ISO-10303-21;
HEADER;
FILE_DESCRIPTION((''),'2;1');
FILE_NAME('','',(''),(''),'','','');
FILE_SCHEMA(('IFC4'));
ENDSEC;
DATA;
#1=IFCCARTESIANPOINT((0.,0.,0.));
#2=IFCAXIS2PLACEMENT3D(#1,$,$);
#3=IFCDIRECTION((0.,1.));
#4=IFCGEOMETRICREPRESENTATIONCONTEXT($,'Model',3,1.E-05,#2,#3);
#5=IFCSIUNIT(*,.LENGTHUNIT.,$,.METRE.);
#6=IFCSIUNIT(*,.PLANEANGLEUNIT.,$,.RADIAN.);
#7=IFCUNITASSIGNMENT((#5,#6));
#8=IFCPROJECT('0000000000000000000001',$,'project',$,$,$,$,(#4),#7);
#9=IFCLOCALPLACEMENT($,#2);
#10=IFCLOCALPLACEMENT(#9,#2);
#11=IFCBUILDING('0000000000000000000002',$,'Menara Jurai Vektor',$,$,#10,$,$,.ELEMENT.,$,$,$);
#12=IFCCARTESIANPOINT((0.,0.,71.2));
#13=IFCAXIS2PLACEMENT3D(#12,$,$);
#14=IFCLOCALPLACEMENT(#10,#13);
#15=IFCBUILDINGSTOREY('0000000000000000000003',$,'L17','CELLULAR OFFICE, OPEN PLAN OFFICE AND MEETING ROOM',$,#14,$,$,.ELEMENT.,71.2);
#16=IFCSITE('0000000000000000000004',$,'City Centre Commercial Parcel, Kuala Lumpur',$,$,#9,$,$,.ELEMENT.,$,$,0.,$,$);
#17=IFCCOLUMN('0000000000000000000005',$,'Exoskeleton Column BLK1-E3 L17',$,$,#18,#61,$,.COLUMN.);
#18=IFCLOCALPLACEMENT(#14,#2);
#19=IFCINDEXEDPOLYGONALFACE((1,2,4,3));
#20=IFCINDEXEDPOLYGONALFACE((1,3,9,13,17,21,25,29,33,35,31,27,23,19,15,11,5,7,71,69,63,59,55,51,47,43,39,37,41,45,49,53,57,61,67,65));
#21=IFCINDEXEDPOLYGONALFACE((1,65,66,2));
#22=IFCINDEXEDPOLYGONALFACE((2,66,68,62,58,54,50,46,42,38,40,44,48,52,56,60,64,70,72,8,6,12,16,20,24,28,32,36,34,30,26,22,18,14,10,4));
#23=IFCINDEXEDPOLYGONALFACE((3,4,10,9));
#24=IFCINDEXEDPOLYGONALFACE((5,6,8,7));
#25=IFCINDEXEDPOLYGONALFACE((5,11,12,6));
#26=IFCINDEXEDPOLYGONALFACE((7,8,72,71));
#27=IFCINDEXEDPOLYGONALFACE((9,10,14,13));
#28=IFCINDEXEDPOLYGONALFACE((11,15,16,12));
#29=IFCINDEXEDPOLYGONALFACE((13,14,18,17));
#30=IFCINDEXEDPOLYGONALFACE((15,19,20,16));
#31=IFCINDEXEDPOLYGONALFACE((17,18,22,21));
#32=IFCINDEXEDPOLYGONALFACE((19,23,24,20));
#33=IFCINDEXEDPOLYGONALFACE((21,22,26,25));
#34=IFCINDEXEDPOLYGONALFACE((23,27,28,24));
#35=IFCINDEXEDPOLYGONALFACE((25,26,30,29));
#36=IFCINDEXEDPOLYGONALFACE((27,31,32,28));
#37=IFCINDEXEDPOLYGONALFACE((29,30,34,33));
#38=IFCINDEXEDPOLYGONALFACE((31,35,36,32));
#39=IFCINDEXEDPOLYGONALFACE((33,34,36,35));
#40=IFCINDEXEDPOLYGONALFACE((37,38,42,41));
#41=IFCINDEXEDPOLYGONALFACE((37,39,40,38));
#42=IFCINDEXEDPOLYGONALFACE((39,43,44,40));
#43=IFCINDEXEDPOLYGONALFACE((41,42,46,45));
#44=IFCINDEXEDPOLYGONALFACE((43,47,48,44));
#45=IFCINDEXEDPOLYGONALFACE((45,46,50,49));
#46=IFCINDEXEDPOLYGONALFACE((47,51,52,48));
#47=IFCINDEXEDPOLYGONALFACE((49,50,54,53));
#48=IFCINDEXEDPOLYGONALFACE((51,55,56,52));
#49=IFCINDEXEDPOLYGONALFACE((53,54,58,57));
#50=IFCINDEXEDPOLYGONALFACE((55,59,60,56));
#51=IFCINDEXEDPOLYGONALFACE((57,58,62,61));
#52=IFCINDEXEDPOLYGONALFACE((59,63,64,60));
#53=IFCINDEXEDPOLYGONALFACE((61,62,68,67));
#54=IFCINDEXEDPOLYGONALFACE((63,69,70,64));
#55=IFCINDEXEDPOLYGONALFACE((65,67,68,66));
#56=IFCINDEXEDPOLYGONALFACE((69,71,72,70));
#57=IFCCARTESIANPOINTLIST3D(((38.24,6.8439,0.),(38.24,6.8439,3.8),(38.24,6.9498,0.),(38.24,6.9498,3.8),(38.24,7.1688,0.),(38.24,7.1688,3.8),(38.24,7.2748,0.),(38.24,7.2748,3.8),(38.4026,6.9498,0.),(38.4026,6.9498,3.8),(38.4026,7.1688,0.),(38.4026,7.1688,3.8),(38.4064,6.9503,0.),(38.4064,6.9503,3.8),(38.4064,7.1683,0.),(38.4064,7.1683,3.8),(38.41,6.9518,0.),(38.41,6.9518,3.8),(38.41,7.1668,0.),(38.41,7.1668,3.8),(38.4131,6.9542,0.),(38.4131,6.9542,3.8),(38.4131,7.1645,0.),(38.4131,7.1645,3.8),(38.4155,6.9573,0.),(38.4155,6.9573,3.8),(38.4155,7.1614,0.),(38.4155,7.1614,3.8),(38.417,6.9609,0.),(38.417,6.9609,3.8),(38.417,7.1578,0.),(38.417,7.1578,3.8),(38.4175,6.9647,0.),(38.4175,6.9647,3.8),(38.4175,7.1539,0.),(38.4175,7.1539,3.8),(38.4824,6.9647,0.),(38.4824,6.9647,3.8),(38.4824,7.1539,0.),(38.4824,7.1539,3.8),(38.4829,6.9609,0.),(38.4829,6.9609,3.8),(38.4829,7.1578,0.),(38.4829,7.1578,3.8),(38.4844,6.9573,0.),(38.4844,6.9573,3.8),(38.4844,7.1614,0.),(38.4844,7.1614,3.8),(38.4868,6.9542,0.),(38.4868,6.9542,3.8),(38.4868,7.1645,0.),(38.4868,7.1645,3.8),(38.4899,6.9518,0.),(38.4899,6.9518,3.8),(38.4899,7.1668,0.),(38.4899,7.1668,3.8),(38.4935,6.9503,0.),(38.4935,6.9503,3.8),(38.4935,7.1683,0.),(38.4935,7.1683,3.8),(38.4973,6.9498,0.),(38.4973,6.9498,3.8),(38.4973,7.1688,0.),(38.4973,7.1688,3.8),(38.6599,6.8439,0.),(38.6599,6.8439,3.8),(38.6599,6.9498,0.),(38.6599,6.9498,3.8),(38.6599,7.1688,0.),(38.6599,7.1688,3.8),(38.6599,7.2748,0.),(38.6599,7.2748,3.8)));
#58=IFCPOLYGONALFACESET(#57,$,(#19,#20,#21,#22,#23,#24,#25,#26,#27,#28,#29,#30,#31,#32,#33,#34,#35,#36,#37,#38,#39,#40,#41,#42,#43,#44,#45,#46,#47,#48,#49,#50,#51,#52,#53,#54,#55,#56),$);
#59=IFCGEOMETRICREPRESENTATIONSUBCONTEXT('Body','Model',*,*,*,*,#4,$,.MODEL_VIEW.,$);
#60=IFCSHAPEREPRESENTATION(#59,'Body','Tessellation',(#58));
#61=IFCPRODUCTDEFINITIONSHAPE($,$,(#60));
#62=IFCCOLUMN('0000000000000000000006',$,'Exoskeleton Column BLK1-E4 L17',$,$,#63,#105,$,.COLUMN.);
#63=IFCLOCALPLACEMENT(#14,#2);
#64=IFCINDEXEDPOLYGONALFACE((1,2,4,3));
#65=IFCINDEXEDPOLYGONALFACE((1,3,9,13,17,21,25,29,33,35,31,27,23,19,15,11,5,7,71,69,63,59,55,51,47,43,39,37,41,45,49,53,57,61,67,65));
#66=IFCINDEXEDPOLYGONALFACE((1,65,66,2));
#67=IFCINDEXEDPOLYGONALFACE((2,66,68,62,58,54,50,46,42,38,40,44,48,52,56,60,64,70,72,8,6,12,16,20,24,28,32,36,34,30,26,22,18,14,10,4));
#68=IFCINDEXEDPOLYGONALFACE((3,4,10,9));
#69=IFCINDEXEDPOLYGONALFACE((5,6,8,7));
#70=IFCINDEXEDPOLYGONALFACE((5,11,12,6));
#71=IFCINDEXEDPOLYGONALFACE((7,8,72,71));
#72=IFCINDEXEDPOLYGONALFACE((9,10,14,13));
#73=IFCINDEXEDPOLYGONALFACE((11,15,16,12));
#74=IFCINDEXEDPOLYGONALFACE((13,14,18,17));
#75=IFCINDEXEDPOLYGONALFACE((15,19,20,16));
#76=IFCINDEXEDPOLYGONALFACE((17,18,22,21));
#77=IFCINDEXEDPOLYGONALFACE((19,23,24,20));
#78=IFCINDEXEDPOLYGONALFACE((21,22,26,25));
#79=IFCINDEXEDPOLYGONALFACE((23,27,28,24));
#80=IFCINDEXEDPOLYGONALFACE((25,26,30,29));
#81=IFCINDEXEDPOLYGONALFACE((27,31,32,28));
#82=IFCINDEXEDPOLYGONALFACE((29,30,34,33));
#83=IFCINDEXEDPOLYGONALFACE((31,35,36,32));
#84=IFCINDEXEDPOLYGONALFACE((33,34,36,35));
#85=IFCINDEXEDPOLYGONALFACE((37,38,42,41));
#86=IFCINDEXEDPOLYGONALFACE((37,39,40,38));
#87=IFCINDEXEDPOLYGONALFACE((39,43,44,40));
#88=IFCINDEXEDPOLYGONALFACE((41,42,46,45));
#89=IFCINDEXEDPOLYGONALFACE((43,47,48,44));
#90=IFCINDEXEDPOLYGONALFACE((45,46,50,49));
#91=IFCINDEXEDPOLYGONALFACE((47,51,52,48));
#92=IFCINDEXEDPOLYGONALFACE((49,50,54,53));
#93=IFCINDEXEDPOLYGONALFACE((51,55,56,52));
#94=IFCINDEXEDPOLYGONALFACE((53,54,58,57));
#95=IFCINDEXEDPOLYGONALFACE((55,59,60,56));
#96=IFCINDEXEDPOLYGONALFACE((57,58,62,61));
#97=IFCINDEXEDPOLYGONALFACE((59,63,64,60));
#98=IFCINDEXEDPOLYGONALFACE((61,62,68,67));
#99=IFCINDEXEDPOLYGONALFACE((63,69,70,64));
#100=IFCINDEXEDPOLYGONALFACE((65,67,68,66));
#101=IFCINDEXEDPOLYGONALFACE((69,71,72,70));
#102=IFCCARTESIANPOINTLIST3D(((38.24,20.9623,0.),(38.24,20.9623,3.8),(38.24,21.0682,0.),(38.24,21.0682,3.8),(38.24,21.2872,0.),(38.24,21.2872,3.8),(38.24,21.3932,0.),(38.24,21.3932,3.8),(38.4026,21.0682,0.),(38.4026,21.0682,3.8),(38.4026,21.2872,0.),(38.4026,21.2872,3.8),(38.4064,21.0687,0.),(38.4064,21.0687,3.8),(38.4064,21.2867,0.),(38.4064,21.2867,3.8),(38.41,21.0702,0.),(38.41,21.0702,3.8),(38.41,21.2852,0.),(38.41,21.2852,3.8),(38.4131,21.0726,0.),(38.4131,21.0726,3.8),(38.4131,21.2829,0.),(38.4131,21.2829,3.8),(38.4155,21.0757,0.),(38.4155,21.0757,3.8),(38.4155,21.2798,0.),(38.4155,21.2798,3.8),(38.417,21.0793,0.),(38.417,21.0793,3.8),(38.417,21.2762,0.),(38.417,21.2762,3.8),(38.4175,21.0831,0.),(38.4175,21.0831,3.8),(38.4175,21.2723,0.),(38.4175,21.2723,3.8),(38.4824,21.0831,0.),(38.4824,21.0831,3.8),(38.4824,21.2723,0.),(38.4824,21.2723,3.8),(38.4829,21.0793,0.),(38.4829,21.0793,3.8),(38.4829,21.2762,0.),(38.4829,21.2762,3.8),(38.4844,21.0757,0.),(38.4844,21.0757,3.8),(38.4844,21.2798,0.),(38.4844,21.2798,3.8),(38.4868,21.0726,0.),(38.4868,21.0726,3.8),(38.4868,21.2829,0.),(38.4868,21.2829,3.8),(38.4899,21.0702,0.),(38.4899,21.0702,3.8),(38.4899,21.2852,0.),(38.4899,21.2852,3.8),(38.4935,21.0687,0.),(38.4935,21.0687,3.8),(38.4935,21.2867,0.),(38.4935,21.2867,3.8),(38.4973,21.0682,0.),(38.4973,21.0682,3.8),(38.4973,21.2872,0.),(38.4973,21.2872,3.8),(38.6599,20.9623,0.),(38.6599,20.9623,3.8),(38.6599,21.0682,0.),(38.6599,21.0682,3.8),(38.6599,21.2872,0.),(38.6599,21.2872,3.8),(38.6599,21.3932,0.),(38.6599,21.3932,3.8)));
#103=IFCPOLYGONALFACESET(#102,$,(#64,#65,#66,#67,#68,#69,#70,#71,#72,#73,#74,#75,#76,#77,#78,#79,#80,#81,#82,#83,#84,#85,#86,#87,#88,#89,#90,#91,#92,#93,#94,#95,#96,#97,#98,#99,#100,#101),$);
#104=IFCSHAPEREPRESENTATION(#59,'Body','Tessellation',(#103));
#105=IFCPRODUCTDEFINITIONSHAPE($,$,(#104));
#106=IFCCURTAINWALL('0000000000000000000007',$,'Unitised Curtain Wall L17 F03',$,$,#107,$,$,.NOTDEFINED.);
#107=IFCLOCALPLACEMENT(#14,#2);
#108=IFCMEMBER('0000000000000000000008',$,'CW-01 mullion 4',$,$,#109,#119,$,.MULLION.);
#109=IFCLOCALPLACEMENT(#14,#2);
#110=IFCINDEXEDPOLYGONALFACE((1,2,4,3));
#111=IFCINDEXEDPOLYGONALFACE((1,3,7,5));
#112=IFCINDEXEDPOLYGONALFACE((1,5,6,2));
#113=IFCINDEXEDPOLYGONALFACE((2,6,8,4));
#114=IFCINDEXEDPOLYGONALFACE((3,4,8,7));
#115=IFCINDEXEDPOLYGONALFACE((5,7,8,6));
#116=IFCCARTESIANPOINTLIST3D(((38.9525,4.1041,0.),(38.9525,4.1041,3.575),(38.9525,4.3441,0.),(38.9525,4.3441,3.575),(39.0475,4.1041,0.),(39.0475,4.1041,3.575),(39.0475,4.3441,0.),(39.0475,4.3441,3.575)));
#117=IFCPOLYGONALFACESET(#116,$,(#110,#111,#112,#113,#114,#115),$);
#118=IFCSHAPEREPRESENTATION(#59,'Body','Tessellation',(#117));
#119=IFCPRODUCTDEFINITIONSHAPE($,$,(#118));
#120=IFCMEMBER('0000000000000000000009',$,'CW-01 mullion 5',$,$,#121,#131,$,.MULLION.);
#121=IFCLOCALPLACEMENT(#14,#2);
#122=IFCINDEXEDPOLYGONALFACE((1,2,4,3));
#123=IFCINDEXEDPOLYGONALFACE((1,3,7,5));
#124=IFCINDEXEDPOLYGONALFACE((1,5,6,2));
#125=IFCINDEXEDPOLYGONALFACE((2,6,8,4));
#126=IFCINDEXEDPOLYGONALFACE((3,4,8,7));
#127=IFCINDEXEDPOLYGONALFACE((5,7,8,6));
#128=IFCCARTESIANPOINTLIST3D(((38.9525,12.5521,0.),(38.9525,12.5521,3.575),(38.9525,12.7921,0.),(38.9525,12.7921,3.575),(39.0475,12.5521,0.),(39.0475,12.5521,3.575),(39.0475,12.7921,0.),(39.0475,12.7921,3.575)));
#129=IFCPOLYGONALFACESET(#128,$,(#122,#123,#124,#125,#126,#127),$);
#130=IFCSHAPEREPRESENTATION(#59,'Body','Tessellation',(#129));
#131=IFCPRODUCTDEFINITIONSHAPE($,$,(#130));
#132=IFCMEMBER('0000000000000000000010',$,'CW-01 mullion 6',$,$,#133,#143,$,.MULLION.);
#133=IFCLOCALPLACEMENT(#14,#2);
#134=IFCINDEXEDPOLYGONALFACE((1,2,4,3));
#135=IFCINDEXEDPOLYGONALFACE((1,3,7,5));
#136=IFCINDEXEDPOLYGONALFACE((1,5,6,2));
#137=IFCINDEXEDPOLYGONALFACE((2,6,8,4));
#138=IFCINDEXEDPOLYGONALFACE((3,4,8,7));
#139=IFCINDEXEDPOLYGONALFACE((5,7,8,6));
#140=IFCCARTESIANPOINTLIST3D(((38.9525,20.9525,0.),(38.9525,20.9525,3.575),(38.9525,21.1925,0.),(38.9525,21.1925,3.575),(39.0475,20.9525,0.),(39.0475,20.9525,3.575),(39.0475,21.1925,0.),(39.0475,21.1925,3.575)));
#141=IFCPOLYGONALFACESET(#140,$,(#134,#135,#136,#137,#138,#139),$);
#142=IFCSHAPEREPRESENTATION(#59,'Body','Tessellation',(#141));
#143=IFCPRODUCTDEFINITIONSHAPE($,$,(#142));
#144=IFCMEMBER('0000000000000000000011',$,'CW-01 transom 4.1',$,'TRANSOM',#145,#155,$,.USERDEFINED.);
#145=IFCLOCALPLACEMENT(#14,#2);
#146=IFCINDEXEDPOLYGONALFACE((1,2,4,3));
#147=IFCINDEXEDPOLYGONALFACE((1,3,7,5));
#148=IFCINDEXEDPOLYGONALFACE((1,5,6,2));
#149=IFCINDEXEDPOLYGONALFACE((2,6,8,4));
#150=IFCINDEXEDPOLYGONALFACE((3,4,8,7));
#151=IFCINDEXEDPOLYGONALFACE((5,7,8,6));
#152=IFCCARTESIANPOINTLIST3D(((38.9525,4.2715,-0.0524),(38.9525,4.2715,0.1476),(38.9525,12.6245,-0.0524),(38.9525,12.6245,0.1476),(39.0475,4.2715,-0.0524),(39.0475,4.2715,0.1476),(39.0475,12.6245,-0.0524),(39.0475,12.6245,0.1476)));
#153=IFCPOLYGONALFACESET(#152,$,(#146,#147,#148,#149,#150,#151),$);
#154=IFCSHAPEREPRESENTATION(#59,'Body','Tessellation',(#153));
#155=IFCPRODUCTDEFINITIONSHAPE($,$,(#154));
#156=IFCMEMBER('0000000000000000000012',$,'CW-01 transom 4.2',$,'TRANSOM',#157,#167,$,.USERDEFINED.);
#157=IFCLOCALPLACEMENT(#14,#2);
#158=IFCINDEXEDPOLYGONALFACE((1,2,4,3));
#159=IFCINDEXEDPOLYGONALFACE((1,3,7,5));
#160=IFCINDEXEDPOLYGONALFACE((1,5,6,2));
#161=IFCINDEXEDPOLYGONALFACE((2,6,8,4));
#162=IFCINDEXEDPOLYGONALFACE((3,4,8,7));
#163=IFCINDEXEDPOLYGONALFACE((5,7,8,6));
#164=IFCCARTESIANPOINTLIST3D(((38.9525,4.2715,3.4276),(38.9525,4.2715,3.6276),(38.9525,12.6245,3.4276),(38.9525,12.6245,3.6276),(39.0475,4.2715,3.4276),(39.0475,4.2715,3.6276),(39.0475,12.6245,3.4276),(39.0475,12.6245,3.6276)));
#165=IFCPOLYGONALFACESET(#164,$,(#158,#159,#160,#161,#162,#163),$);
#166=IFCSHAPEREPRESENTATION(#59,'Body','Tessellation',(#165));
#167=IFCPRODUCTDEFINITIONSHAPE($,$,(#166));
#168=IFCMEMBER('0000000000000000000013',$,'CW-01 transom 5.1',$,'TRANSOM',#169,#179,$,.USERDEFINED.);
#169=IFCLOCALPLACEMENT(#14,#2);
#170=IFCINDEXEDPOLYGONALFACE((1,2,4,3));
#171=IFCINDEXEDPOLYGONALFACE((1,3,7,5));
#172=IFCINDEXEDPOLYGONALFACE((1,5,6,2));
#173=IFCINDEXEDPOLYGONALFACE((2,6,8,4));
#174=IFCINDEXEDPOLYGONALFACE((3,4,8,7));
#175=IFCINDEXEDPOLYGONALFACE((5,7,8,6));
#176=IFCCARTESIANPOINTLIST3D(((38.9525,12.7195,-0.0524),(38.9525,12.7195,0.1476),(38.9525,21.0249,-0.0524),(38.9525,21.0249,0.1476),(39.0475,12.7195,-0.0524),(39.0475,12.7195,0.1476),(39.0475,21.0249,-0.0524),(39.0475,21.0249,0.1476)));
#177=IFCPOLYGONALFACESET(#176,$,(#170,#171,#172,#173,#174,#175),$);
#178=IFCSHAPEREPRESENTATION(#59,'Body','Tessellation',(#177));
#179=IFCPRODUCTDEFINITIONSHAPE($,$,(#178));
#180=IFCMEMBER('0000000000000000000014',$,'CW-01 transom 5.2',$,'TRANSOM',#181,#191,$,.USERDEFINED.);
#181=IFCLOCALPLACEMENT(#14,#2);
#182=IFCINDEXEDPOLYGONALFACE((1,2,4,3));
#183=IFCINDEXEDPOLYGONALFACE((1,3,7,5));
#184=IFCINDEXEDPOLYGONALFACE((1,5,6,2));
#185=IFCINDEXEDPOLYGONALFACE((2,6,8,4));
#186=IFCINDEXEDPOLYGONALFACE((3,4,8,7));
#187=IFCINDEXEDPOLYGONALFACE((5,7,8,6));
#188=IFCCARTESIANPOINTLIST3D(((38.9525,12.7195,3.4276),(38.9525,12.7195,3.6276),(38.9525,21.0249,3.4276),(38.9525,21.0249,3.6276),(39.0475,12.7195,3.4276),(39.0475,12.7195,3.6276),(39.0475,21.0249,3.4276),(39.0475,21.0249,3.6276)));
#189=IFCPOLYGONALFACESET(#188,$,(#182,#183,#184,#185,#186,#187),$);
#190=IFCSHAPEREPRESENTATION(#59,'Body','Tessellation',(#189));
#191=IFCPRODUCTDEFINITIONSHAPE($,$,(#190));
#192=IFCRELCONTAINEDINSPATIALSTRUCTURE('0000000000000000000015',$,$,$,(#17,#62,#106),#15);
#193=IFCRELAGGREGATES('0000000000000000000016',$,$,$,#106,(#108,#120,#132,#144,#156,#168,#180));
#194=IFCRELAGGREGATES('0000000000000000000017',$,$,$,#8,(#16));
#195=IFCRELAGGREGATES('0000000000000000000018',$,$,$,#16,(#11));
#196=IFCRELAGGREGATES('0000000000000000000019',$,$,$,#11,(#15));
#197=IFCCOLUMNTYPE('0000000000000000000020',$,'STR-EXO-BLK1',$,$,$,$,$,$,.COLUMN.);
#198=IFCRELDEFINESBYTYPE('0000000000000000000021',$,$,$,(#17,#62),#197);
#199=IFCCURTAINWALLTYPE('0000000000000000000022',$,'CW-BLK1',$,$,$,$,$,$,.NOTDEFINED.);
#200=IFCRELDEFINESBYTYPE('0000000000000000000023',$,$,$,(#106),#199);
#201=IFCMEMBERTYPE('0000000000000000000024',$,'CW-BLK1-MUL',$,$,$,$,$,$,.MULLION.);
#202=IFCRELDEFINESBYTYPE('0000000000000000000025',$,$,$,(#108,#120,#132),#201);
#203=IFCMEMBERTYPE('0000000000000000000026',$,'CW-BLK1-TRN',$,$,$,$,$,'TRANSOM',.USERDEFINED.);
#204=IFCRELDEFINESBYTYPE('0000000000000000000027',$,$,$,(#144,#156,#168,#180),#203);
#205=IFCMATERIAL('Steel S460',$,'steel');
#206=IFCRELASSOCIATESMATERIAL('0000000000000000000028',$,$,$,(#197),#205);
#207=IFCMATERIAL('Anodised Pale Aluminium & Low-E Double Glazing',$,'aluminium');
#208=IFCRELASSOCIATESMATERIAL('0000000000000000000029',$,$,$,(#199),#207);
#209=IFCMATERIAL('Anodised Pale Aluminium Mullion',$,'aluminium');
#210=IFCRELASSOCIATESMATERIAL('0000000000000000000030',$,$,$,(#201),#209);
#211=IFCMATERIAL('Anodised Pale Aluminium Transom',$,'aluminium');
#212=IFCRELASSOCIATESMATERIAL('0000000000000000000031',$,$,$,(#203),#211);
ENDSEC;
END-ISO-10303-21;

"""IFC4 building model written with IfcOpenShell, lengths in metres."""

from ifc_helpers import new_model, si_unit, direction, frame, origin, origin_2d, place, context, subcontext, project, spatial, rectangle, i_section, extrude, material, material_profile, profile_set, type_object, element, aggregate, save


model = new_model("IFC4")

# Units and contexts
model_context = context("Model", 3, precision=1e-05, world=origin(), true_north=direction((0.0, 1.0)))
body_context = subcontext(model_context, "Body", "Model", "MODEL_VIEW")
ifc_project = project(units=[si_unit("LENGTHUNIT", "METRE"), si_unit("PLANEANGLEUNIT", "RADIAN")], contexts=[model_context])

# Site, building, storey
site_placement = place(None, origin())
site = spatial("IfcSite", under=ifc_project, at=site_placement, Name="City Centre Commercial Parcel, Kuala Lumpur", CompositionType="ELEMENT", RefElevation=0.0)
building_placement = place(site_placement, origin())
building = spatial("IfcBuilding", under=site, at=building_placement, Name="Menara Jurai Vektor", CompositionType="ELEMENT")
storey_placement = place(building_placement, frame((0.0, 0.0, 71.2)))
storey = spatial("IfcBuildingStorey", under=building, at=storey_placement, Name="L17", Description="CELLULAR OFFICE, OPEN PLAN OFFICE AND MEETING ROOM", CompositionType="ELEMENT", Elevation=71.2)

# Columns
ifc_material_1 = material(Name="Steel S460", Category="steel")
ifc_material_profile_1 = material_profile(ifc_material_1, i_section(OverallWidth=0.4199, OverallDepth=0.4309, WebThickness=0.0649, FlangeThickness=0.106, FilletRadius=0.0149, at=origin_2d()), Name="HD 400x900")
ifc_profile_set_1 = profile_set([ifc_material_profile_1], Name="Steel S460")
column_type = type_object("IfcColumnType", Name="STR-EXO-BLK1", PredefinedType="COLUMN", material=ifc_profile_set_1)
for number, where, z_axis, x_axis, name in (
    (1, (38.45, 7.0593, 0.0), (0.0, 0.0, 1.0), (1.0, 0.0, 0.0), "Exoskeleton Column BLK1-E3 L17"),
    (2, (38.45, 21.1777, 0.0), (0.0, 0.0, 1.0), (1.0, 0.0, 0.0), "Exoskeleton Column BLK1-E4 L17"),
):
    element("IfcColumn", number, at=place(storey_placement, frame(where, z_axis=z_axis, x_axis=x_axis)), inside=storey, type_object=column_type, Name=name, PredefinedType="COLUMN", context=body_context, shape_type="SweptSolid", body=[
        extrude(i_section(OverallWidth=0.4199, OverallDepth=0.4309, WebThickness=0.0649, FlangeThickness=0.106, FilletRadius=0.0149, at=origin_2d()), origin(), (0.0, 0.0, 1.0), 3.8),
    ])

# Curtain wall, members
ifc_material_2 = material(Name="Anodised Pale Aluminium & Low-E Double Glazing", Category="aluminium")
curtain_wall_type = type_object("IfcCurtainWallType", Name="CW-BLK1", PredefinedType="NOTDEFINED", material=ifc_material_2)
curtain_wall_placement = place(storey_placement, origin())
curtain_wall = element("IfcCurtainWall", 3, at=curtain_wall_placement, inside=storey, type_object=curtain_wall_type, Name="Unitised Curtain Wall L17 F03", PredefinedType="NOTDEFINED")
ifc_material_3 = material(Name="Anodised Pale Aluminium Mullion", Category="aluminium")
ifc_material_profile_2 = material_profile(ifc_material_3, rectangle(XDim=0.095, YDim=0.24, at=origin_2d()), Name="ALU MUL 95x240")
ifc_profile_set_2 = profile_set([ifc_material_profile_2], Name="Anodised Pale Aluminium Mullion")
member_type_1 = type_object("IfcMemberType", Name="CW-BLK1-MUL", PredefinedType="MULLION", material=ifc_profile_set_2)
member_1_placement = place(storey_placement, frame((39.0, 4.2241, 0.0), z_axis=(0.0, 0.0, 1.0), x_axis=(-1.0, 0.0, 0.0)))
member_1 = element("IfcMember", 4, at=member_1_placement, type_object=member_type_1, Name="CW-01 mullion 4", PredefinedType="MULLION", context=body_context, shape_type="SweptSolid", body=[
    extrude(rectangle(XDim=0.095, YDim=0.24, at=origin_2d()), origin(), (0.0, 0.0, 1.0), 3.575),
])
member_2_placement = place(storey_placement, frame((39.0, 12.6721, 0.0), z_axis=(0.0, 0.0, 1.0), x_axis=(-1.0, 0.0, 0.0)))
member_2 = element("IfcMember", 5, at=member_2_placement, type_object=member_type_1, Name="CW-01 mullion 5", PredefinedType="MULLION", context=body_context, shape_type="SweptSolid", body=[
    extrude(rectangle(XDim=0.095, YDim=0.24, at=origin_2d()), origin(), (0.0, 0.0, 1.0), 3.575),
])
member_3_placement = place(storey_placement, frame((39.0, 21.0725, 0.0), z_axis=(0.0, 0.0, 1.0), x_axis=(-1.0, 0.0, 0.0)))
member_3 = element("IfcMember", 6, at=member_3_placement, type_object=member_type_1, Name="CW-01 mullion 6", PredefinedType="MULLION", context=body_context, shape_type="SweptSolid", body=[
    extrude(rectangle(XDim=0.095, YDim=0.24, at=origin_2d()), origin(), (0.0, 0.0, 1.0), 3.575),
])
ifc_material_4 = material(Name="Anodised Pale Aluminium Transom", Category="aluminium")
ifc_material_profile_3 = material_profile(ifc_material_4, rectangle(XDim=0.095, YDim=0.2, at=origin_2d()), Name="ALU TRN 95x200")
ifc_profile_set_3 = profile_set([ifc_material_profile_3], Name="Anodised Pale Aluminium Transom")
member_type_2 = type_object("IfcMemberType", Name="CW-BLK1-TRN", ElementType="TRANSOM", PredefinedType="USERDEFINED", material=ifc_profile_set_3)
member_4_placement = place(storey_placement, frame((39.0, 4.2715, 0.0476), z_axis=(0.0, 1.0, 0.0), x_axis=(-1.0, 0.0, 0.0)))
member_4 = element("IfcMember", 7, at=member_4_placement, type_object=member_type_2, Name="CW-01 transom 4.1", ObjectType="TRANSOM", PredefinedType="USERDEFINED", context=body_context, shape_type="SweptSolid", body=[
    extrude(rectangle(XDim=0.095, YDim=0.2, at=origin_2d()), origin(), (0.0, 0.0, 1.0), 8.353),
])
member_5_placement = place(storey_placement, frame((39.0, 4.2715, 3.5276), z_axis=(0.0, 1.0, 0.0), x_axis=(-1.0, 0.0, 0.0)))
member_5 = element("IfcMember", 8, at=member_5_placement, type_object=member_type_2, Name="CW-01 transom 4.2", ObjectType="TRANSOM", PredefinedType="USERDEFINED", context=body_context, shape_type="SweptSolid", body=[
    extrude(rectangle(XDim=0.095, YDim=0.2, at=origin_2d()), origin(), (0.0, 0.0, 1.0), 8.353),
])
member_6_placement = place(storey_placement, frame((39.0, 12.7195, 0.0476), z_axis=(0.0, 1.0, 0.0), x_axis=(-1.0, 0.0, 0.0)))
member_6 = element("IfcMember", 9, at=member_6_placement, type_object=member_type_2, Name="CW-01 transom 5.1", ObjectType="TRANSOM", PredefinedType="USERDEFINED", context=body_context, shape_type="SweptSolid", body=[
    extrude(rectangle(XDim=0.095, YDim=0.2, at=origin_2d()), origin(), (0.0, 0.0, 1.0), 8.3054),
])
member_7_placement = place(storey_placement, frame((39.0, 12.7195, 3.5276), z_axis=(0.0, 1.0, 0.0), x_axis=(-1.0, 0.0, 0.0)))
member_7 = element("IfcMember", 10, at=member_7_placement, type_object=member_type_2, Name="CW-01 transom 5.2", ObjectType="TRANSOM", PredefinedType="USERDEFINED", context=body_context, shape_type="SweptSolid", body=[
    extrude(rectangle(XDim=0.095, YDim=0.2, at=origin_2d()), origin(), (0.0, 0.0, 1.0), 8.3054),
])

aggregate(curtain_wall, [member_1, member_2, member_3, member_4, member_5, member_6, member_7])

save(model, "model.ifc")
